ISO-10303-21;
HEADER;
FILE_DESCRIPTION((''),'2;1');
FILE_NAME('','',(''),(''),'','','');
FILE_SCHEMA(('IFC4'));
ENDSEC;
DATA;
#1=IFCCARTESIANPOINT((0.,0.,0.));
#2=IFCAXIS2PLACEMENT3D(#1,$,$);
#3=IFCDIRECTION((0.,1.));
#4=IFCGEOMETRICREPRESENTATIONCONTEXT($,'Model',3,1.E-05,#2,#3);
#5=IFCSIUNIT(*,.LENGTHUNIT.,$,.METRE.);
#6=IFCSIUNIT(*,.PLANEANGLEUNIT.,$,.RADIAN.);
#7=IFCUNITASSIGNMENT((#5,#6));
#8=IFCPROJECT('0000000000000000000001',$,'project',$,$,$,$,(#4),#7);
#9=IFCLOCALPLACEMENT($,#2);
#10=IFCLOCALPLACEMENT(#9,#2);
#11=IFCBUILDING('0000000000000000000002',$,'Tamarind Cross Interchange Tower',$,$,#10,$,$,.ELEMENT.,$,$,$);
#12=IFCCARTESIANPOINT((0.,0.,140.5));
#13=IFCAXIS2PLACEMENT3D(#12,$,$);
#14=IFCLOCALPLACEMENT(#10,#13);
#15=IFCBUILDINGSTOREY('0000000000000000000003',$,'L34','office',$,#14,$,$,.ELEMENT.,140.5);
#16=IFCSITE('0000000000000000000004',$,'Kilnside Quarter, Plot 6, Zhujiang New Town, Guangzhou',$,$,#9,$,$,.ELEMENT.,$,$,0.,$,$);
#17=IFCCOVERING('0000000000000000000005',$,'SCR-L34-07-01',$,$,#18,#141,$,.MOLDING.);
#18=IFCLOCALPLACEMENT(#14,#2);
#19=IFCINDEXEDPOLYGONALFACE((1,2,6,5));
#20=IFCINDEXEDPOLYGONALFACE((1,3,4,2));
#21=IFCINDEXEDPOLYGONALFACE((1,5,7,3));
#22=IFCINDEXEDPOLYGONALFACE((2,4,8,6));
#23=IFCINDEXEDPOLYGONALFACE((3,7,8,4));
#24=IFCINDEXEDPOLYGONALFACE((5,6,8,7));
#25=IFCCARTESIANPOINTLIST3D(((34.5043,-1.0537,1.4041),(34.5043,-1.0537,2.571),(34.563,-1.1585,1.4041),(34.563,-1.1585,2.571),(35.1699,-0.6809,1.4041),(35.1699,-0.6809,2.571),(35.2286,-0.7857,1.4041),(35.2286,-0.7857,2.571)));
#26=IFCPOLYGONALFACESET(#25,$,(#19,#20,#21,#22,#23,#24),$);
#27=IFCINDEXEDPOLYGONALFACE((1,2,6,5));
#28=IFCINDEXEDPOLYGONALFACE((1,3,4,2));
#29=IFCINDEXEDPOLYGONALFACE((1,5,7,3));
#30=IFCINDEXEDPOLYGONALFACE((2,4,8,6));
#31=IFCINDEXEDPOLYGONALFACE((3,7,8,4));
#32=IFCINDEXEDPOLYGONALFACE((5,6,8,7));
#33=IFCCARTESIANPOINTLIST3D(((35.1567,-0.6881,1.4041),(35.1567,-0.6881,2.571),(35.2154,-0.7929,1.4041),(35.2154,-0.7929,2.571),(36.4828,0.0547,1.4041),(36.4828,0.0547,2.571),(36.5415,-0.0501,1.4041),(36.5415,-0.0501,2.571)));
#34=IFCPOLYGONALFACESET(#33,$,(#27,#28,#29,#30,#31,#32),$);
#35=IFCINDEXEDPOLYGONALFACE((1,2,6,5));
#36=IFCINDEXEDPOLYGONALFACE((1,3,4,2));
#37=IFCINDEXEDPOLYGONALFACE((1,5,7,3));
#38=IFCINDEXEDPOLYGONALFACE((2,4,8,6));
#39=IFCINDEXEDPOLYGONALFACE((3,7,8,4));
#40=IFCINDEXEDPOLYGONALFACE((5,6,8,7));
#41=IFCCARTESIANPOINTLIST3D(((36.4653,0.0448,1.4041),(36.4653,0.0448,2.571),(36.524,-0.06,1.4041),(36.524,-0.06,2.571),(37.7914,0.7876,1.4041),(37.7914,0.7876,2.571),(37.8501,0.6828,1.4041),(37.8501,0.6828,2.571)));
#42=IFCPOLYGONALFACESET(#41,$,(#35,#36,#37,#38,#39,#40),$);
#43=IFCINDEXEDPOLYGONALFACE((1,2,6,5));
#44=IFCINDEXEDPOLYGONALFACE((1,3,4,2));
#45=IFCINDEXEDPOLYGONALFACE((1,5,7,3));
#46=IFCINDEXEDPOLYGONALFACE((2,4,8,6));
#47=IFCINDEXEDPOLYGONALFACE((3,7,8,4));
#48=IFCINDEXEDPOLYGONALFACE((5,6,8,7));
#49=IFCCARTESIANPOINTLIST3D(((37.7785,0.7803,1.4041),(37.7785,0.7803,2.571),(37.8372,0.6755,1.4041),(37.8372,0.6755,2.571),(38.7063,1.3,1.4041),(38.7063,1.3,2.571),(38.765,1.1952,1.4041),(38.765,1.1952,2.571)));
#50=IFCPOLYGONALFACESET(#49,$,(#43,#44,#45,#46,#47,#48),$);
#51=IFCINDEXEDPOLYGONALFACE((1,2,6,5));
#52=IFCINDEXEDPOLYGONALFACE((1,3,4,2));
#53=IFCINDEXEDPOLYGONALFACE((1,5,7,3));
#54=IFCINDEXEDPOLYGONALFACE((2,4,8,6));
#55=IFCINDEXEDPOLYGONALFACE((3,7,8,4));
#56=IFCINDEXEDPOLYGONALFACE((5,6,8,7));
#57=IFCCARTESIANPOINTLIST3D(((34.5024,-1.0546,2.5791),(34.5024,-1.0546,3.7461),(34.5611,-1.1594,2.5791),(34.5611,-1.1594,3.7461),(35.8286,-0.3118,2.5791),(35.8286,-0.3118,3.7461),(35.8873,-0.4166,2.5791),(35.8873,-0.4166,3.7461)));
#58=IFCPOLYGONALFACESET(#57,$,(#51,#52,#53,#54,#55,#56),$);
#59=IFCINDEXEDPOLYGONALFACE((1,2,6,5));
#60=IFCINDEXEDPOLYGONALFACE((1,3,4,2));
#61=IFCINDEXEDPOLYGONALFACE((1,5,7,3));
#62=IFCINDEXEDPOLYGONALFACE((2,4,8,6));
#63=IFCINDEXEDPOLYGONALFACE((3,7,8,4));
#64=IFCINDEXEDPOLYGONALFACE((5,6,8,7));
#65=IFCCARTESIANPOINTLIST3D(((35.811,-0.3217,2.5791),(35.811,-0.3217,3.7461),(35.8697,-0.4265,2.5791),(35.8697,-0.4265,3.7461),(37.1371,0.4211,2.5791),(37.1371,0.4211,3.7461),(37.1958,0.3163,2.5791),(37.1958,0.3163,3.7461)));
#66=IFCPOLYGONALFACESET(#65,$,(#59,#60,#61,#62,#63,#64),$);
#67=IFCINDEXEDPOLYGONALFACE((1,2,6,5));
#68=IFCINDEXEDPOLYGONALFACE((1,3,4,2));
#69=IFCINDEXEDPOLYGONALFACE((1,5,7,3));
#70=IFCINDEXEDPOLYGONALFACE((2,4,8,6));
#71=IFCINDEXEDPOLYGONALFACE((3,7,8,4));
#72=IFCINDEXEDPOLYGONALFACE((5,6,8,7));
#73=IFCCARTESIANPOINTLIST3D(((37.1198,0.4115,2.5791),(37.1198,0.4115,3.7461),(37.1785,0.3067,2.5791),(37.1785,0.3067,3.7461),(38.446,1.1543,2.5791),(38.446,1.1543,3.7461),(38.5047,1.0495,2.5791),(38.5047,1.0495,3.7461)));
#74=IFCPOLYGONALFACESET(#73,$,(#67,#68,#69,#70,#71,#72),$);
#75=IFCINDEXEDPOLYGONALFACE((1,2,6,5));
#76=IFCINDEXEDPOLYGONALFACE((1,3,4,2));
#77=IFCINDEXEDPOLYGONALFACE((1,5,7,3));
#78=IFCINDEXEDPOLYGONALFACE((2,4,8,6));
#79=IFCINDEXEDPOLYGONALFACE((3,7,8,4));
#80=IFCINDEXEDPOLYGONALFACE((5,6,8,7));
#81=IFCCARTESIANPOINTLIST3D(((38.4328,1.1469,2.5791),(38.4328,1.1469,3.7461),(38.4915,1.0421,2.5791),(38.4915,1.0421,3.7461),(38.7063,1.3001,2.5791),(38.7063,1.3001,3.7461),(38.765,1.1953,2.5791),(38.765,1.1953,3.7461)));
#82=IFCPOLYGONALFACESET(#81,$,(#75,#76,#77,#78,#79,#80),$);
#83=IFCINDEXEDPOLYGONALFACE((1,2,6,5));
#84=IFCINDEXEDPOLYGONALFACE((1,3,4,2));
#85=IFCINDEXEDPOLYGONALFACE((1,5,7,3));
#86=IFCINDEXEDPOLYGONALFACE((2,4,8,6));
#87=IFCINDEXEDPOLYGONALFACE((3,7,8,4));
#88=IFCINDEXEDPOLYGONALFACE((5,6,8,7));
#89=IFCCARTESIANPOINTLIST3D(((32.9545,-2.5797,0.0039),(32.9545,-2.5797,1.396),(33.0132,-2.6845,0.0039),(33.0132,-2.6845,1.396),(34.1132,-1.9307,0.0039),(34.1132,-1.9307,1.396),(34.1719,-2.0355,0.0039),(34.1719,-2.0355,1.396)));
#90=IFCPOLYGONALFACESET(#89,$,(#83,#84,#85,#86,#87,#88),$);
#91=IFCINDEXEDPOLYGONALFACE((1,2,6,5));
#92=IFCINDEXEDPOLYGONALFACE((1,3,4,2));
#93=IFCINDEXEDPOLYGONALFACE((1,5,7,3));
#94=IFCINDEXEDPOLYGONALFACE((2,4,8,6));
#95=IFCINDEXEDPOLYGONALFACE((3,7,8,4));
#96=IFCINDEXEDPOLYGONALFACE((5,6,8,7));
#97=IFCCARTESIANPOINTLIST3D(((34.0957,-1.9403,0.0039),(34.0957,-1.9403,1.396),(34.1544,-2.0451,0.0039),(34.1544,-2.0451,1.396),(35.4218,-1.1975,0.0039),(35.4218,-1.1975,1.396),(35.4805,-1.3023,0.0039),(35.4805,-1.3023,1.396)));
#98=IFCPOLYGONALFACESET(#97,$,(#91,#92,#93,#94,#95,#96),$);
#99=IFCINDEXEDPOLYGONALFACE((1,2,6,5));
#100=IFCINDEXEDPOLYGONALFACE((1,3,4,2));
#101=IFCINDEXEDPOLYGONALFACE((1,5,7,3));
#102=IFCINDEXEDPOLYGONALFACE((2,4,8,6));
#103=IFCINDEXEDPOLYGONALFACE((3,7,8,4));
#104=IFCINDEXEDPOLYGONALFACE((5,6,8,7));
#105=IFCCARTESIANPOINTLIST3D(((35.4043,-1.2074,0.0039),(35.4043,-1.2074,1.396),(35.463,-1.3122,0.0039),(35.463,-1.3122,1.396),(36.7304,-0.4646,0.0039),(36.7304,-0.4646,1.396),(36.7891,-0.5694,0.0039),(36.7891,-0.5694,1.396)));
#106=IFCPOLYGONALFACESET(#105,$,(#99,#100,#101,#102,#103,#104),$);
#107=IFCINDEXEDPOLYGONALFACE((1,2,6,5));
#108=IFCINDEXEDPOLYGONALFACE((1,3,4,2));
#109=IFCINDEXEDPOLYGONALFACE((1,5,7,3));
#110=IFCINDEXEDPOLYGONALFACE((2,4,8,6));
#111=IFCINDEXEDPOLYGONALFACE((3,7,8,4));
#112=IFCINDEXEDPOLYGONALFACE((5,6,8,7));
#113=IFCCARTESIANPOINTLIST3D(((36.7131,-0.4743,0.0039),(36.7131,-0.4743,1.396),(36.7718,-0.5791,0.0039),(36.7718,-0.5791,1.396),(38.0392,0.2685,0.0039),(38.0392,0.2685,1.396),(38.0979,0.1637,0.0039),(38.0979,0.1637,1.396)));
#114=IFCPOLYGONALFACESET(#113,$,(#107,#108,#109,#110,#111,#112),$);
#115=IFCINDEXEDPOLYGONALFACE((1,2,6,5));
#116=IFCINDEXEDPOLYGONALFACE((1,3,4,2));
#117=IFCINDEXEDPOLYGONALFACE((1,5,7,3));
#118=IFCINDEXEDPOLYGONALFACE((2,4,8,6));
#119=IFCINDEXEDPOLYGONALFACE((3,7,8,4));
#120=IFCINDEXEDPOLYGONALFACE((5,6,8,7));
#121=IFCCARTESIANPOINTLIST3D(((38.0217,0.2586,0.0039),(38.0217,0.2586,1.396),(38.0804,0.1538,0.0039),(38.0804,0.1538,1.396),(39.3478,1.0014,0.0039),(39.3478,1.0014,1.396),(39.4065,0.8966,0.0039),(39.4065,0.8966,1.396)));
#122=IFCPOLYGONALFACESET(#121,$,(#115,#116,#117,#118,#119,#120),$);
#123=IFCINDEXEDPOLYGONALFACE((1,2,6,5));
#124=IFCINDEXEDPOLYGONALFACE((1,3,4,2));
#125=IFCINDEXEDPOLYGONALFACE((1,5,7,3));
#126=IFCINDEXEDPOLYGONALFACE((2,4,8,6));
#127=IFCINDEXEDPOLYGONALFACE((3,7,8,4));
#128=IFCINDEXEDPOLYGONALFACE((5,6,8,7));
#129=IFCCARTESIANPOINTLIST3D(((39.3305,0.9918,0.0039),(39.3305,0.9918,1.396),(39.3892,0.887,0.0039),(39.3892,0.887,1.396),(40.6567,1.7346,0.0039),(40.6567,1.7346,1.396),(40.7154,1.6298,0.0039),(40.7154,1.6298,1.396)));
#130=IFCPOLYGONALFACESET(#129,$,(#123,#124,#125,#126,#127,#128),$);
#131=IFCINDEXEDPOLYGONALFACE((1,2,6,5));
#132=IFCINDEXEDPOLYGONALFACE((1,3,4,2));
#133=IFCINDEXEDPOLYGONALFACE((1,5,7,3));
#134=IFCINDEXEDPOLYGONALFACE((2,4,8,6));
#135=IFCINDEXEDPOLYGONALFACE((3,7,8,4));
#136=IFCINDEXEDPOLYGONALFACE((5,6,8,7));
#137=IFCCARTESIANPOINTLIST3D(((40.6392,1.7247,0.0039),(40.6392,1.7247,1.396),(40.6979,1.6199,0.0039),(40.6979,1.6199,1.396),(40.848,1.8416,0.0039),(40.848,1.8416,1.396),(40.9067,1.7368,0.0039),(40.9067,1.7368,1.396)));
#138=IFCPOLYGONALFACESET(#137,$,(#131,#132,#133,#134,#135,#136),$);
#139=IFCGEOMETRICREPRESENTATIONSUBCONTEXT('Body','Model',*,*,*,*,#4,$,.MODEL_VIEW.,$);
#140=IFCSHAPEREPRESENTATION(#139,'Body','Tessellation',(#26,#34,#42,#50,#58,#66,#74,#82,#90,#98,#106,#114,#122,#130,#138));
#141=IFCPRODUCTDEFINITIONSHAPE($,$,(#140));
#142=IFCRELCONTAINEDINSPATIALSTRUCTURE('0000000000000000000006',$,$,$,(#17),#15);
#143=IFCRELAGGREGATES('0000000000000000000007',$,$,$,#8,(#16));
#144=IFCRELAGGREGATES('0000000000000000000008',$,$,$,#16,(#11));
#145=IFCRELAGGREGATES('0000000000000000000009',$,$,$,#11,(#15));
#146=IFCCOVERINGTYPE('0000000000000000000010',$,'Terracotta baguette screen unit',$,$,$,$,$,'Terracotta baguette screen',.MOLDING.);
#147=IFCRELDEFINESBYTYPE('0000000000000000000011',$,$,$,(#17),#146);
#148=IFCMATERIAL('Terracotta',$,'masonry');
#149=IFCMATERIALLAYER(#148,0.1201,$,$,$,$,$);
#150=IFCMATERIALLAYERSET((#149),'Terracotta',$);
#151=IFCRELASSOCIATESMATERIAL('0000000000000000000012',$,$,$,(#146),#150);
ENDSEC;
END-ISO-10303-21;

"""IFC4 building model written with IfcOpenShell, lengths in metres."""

from ifc_helpers import new_model, si_unit, direction, frame, origin, origin_2d, place, context, subcontext, project, spatial, rectangle, extrude, material, layer, layer_set, type_object, element, save


model = new_model("IFC4")

# Units and contexts
model_context = context("Model", 3, precision=1e-05, world=origin(), true_north=direction((0.0, 1.0)))
body_context = subcontext(model_context, "Body", "Model", "MODEL_VIEW")
ifc_project = project(units=[si_unit("LENGTHUNIT", "METRE"), si_unit("PLANEANGLEUNIT", "RADIAN")], contexts=[model_context])

# Site, building, storey
site_placement = place(None, origin())
site = spatial("IfcSite", under=ifc_project, at=site_placement, Name="Kilnside Quarter, Plot 6, Zhujiang New Town, Guangzhou", CompositionType="ELEMENT", RefElevation=0.0)
building_placement = place(site_placement, origin())
building = spatial("IfcBuilding", under=site, at=building_placement, Name="Tamarind Cross Interchange Tower", CompositionType="ELEMENT")
storey_placement = place(building_placement, frame((0.0, 0.0, 140.5)))
storey = spatial("IfcBuildingStorey", under=building, at=storey_placement, Name="L34", Description="office", CompositionType="ELEMENT", Elevation=140.5)

# Covering
ifc_material_1 = material(Name="Terracotta", Category="masonry")
ifc_layer_1 = layer(ifc_material_1, 0.1201)
ifc_layer_set_1 = layer_set([ifc_layer_1], Name="Terracotta")
covering_type = type_object("IfcCoveringType", Name="Terracotta baguette screen unit", ElementType="Terracotta baguette screen", PredefinedType="MOLDING", material=ifc_layer_set_1)
covering_1_placement = place(storey_placement, origin())
element("IfcCovering", 1, at=covering_1_placement, inside=storey, type_object=covering_type, Name="SCR-L34-07-01", PredefinedType="MOLDING", context=body_context, shape_type="SweptSolid", body=[
    extrude(rectangle(XDim=0.7629, YDim=0.1201, at=origin_2d()), frame((34.8665, -0.9197, 1.4041), z_axis=(0.0, 0.0, 1.0), x_axis=(0.872458, 0.488688, 0.0)), (0.0, 0.0, 1.0), 1.167),
    extrude(rectangle(XDim=1.52, YDim=0.1201, at=origin_2d()), frame((35.8491, -0.3691, 1.4041), z_axis=(0.0, 0.0, 1.0), x_axis=(0.872458, 0.488688, 0.0)), (0.0, 0.0, 1.0), 1.167),
    extrude(rectangle(XDim=1.52, YDim=0.1201, at=origin_2d()), frame((37.1577, 0.3638, 1.4041), z_axis=(0.0, 0.0, 1.0), x_axis=(0.872458, 0.488688, 0.0)), (0.0, 0.0, 1.0), 1.167),
    extrude(rectangle(XDim=1.0635, YDim=0.1201, at=origin_2d()), frame((38.2717, 0.9878, 1.4041), z_axis=(0.0, 0.0, 1.0), x_axis=(0.872458, 0.488688, 0.0)), (0.0, 0.0, 1.0), 1.167),
    extrude(rectangle(XDim=1.52, YDim=0.1201, at=origin_2d()), frame((35.1948, -0.7356, 2.5791), z_axis=(0.0, 0.0, 1.0), x_axis=(0.872458, 0.488688, 0.0)), (0.0, 0.0, 1.0), 1.167),
    extrude(rectangle(XDim=1.52, YDim=0.1201, at=origin_2d()), frame((36.5034, -0.0027, 2.5791), z_axis=(0.0, 0.0, 1.0), x_axis=(0.872458, 0.488688, 0.0)), (0.0, 0.0, 1.0), 1.167),
    extrude(rectangle(XDim=1.52, YDim=0.1201, at=origin_2d()), frame((37.8123, 0.7305, 2.5791), z_axis=(0.0, 0.0, 1.0), x_axis=(0.872458, 0.488688, 0.0)), (0.0, 0.0, 1.0), 1.167),
    extrude(rectangle(XDim=0.3135, YDim=0.1201, at=origin_2d()), frame((38.5989, 1.1711, 2.5791), z_axis=(0.0, 0.0, 1.0), x_axis=(0.872458, 0.488688, 0.0)), (0.0, 0.0, 1.0), 1.167),
    extrude(rectangle(XDim=1.3281, YDim=0.1201, at=origin_2d()), frame((33.5632, -2.3076, 0.0039), z_axis=(0.0, 0.0, 1.0), x_axis=(0.872458, 0.488688, 0.0)), (0.0, 0.0, 1.0), 1.3921),
    extrude(rectangle(XDim=1.52, YDim=0.1201, at=origin_2d()), frame((34.7881, -1.6213, 0.0039), z_axis=(0.0, 0.0, 1.0), x_axis=(0.872458, 0.488688, 0.0)), (0.0, 0.0, 1.0), 1.3921),
    extrude(rectangle(XDim=1.52, YDim=0.1201, at=origin_2d()), frame((36.0967, -0.8884, 0.0039), z_axis=(0.0, 0.0, 1.0), x_axis=(0.872458, 0.488688, 0.0)), (0.0, 0.0, 1.0), 1.3921),
    extrude(rectangle(XDim=1.52, YDim=0.1201, at=origin_2d()), frame((37.4055, -0.1553, 0.0039), z_axis=(0.0, 0.0, 1.0), x_axis=(0.872458, 0.488688, 0.0)), (0.0, 0.0, 1.0), 1.3921),
    extrude(rectangle(XDim=1.52, YDim=0.1201, at=origin_2d()), frame((38.7141, 0.5776, 0.0039), z_axis=(0.0, 0.0, 1.0), x_axis=(0.872458, 0.488688, 0.0)), (0.0, 0.0, 1.0), 1.3921),
    extrude(rectangle(XDim=1.52, YDim=0.1201, at=origin_2d()), frame((40.0229, 1.3108, 0.0039), z_axis=(0.0, 0.0, 1.0), x_axis=(0.872458, 0.488688, 0.0)), (0.0, 0.0, 1.0), 1.3921),
    extrude(rectangle(XDim=0.2393, YDim=0.1201, at=origin_2d()), frame((40.7729, 1.7307, 0.0039), z_axis=(0.0, 0.0, 1.0), x_axis=(0.872458, 0.488688, 0.0)), (0.0, 0.0, 1.0), 1.3921),
])

save(model, "model.ifc")
